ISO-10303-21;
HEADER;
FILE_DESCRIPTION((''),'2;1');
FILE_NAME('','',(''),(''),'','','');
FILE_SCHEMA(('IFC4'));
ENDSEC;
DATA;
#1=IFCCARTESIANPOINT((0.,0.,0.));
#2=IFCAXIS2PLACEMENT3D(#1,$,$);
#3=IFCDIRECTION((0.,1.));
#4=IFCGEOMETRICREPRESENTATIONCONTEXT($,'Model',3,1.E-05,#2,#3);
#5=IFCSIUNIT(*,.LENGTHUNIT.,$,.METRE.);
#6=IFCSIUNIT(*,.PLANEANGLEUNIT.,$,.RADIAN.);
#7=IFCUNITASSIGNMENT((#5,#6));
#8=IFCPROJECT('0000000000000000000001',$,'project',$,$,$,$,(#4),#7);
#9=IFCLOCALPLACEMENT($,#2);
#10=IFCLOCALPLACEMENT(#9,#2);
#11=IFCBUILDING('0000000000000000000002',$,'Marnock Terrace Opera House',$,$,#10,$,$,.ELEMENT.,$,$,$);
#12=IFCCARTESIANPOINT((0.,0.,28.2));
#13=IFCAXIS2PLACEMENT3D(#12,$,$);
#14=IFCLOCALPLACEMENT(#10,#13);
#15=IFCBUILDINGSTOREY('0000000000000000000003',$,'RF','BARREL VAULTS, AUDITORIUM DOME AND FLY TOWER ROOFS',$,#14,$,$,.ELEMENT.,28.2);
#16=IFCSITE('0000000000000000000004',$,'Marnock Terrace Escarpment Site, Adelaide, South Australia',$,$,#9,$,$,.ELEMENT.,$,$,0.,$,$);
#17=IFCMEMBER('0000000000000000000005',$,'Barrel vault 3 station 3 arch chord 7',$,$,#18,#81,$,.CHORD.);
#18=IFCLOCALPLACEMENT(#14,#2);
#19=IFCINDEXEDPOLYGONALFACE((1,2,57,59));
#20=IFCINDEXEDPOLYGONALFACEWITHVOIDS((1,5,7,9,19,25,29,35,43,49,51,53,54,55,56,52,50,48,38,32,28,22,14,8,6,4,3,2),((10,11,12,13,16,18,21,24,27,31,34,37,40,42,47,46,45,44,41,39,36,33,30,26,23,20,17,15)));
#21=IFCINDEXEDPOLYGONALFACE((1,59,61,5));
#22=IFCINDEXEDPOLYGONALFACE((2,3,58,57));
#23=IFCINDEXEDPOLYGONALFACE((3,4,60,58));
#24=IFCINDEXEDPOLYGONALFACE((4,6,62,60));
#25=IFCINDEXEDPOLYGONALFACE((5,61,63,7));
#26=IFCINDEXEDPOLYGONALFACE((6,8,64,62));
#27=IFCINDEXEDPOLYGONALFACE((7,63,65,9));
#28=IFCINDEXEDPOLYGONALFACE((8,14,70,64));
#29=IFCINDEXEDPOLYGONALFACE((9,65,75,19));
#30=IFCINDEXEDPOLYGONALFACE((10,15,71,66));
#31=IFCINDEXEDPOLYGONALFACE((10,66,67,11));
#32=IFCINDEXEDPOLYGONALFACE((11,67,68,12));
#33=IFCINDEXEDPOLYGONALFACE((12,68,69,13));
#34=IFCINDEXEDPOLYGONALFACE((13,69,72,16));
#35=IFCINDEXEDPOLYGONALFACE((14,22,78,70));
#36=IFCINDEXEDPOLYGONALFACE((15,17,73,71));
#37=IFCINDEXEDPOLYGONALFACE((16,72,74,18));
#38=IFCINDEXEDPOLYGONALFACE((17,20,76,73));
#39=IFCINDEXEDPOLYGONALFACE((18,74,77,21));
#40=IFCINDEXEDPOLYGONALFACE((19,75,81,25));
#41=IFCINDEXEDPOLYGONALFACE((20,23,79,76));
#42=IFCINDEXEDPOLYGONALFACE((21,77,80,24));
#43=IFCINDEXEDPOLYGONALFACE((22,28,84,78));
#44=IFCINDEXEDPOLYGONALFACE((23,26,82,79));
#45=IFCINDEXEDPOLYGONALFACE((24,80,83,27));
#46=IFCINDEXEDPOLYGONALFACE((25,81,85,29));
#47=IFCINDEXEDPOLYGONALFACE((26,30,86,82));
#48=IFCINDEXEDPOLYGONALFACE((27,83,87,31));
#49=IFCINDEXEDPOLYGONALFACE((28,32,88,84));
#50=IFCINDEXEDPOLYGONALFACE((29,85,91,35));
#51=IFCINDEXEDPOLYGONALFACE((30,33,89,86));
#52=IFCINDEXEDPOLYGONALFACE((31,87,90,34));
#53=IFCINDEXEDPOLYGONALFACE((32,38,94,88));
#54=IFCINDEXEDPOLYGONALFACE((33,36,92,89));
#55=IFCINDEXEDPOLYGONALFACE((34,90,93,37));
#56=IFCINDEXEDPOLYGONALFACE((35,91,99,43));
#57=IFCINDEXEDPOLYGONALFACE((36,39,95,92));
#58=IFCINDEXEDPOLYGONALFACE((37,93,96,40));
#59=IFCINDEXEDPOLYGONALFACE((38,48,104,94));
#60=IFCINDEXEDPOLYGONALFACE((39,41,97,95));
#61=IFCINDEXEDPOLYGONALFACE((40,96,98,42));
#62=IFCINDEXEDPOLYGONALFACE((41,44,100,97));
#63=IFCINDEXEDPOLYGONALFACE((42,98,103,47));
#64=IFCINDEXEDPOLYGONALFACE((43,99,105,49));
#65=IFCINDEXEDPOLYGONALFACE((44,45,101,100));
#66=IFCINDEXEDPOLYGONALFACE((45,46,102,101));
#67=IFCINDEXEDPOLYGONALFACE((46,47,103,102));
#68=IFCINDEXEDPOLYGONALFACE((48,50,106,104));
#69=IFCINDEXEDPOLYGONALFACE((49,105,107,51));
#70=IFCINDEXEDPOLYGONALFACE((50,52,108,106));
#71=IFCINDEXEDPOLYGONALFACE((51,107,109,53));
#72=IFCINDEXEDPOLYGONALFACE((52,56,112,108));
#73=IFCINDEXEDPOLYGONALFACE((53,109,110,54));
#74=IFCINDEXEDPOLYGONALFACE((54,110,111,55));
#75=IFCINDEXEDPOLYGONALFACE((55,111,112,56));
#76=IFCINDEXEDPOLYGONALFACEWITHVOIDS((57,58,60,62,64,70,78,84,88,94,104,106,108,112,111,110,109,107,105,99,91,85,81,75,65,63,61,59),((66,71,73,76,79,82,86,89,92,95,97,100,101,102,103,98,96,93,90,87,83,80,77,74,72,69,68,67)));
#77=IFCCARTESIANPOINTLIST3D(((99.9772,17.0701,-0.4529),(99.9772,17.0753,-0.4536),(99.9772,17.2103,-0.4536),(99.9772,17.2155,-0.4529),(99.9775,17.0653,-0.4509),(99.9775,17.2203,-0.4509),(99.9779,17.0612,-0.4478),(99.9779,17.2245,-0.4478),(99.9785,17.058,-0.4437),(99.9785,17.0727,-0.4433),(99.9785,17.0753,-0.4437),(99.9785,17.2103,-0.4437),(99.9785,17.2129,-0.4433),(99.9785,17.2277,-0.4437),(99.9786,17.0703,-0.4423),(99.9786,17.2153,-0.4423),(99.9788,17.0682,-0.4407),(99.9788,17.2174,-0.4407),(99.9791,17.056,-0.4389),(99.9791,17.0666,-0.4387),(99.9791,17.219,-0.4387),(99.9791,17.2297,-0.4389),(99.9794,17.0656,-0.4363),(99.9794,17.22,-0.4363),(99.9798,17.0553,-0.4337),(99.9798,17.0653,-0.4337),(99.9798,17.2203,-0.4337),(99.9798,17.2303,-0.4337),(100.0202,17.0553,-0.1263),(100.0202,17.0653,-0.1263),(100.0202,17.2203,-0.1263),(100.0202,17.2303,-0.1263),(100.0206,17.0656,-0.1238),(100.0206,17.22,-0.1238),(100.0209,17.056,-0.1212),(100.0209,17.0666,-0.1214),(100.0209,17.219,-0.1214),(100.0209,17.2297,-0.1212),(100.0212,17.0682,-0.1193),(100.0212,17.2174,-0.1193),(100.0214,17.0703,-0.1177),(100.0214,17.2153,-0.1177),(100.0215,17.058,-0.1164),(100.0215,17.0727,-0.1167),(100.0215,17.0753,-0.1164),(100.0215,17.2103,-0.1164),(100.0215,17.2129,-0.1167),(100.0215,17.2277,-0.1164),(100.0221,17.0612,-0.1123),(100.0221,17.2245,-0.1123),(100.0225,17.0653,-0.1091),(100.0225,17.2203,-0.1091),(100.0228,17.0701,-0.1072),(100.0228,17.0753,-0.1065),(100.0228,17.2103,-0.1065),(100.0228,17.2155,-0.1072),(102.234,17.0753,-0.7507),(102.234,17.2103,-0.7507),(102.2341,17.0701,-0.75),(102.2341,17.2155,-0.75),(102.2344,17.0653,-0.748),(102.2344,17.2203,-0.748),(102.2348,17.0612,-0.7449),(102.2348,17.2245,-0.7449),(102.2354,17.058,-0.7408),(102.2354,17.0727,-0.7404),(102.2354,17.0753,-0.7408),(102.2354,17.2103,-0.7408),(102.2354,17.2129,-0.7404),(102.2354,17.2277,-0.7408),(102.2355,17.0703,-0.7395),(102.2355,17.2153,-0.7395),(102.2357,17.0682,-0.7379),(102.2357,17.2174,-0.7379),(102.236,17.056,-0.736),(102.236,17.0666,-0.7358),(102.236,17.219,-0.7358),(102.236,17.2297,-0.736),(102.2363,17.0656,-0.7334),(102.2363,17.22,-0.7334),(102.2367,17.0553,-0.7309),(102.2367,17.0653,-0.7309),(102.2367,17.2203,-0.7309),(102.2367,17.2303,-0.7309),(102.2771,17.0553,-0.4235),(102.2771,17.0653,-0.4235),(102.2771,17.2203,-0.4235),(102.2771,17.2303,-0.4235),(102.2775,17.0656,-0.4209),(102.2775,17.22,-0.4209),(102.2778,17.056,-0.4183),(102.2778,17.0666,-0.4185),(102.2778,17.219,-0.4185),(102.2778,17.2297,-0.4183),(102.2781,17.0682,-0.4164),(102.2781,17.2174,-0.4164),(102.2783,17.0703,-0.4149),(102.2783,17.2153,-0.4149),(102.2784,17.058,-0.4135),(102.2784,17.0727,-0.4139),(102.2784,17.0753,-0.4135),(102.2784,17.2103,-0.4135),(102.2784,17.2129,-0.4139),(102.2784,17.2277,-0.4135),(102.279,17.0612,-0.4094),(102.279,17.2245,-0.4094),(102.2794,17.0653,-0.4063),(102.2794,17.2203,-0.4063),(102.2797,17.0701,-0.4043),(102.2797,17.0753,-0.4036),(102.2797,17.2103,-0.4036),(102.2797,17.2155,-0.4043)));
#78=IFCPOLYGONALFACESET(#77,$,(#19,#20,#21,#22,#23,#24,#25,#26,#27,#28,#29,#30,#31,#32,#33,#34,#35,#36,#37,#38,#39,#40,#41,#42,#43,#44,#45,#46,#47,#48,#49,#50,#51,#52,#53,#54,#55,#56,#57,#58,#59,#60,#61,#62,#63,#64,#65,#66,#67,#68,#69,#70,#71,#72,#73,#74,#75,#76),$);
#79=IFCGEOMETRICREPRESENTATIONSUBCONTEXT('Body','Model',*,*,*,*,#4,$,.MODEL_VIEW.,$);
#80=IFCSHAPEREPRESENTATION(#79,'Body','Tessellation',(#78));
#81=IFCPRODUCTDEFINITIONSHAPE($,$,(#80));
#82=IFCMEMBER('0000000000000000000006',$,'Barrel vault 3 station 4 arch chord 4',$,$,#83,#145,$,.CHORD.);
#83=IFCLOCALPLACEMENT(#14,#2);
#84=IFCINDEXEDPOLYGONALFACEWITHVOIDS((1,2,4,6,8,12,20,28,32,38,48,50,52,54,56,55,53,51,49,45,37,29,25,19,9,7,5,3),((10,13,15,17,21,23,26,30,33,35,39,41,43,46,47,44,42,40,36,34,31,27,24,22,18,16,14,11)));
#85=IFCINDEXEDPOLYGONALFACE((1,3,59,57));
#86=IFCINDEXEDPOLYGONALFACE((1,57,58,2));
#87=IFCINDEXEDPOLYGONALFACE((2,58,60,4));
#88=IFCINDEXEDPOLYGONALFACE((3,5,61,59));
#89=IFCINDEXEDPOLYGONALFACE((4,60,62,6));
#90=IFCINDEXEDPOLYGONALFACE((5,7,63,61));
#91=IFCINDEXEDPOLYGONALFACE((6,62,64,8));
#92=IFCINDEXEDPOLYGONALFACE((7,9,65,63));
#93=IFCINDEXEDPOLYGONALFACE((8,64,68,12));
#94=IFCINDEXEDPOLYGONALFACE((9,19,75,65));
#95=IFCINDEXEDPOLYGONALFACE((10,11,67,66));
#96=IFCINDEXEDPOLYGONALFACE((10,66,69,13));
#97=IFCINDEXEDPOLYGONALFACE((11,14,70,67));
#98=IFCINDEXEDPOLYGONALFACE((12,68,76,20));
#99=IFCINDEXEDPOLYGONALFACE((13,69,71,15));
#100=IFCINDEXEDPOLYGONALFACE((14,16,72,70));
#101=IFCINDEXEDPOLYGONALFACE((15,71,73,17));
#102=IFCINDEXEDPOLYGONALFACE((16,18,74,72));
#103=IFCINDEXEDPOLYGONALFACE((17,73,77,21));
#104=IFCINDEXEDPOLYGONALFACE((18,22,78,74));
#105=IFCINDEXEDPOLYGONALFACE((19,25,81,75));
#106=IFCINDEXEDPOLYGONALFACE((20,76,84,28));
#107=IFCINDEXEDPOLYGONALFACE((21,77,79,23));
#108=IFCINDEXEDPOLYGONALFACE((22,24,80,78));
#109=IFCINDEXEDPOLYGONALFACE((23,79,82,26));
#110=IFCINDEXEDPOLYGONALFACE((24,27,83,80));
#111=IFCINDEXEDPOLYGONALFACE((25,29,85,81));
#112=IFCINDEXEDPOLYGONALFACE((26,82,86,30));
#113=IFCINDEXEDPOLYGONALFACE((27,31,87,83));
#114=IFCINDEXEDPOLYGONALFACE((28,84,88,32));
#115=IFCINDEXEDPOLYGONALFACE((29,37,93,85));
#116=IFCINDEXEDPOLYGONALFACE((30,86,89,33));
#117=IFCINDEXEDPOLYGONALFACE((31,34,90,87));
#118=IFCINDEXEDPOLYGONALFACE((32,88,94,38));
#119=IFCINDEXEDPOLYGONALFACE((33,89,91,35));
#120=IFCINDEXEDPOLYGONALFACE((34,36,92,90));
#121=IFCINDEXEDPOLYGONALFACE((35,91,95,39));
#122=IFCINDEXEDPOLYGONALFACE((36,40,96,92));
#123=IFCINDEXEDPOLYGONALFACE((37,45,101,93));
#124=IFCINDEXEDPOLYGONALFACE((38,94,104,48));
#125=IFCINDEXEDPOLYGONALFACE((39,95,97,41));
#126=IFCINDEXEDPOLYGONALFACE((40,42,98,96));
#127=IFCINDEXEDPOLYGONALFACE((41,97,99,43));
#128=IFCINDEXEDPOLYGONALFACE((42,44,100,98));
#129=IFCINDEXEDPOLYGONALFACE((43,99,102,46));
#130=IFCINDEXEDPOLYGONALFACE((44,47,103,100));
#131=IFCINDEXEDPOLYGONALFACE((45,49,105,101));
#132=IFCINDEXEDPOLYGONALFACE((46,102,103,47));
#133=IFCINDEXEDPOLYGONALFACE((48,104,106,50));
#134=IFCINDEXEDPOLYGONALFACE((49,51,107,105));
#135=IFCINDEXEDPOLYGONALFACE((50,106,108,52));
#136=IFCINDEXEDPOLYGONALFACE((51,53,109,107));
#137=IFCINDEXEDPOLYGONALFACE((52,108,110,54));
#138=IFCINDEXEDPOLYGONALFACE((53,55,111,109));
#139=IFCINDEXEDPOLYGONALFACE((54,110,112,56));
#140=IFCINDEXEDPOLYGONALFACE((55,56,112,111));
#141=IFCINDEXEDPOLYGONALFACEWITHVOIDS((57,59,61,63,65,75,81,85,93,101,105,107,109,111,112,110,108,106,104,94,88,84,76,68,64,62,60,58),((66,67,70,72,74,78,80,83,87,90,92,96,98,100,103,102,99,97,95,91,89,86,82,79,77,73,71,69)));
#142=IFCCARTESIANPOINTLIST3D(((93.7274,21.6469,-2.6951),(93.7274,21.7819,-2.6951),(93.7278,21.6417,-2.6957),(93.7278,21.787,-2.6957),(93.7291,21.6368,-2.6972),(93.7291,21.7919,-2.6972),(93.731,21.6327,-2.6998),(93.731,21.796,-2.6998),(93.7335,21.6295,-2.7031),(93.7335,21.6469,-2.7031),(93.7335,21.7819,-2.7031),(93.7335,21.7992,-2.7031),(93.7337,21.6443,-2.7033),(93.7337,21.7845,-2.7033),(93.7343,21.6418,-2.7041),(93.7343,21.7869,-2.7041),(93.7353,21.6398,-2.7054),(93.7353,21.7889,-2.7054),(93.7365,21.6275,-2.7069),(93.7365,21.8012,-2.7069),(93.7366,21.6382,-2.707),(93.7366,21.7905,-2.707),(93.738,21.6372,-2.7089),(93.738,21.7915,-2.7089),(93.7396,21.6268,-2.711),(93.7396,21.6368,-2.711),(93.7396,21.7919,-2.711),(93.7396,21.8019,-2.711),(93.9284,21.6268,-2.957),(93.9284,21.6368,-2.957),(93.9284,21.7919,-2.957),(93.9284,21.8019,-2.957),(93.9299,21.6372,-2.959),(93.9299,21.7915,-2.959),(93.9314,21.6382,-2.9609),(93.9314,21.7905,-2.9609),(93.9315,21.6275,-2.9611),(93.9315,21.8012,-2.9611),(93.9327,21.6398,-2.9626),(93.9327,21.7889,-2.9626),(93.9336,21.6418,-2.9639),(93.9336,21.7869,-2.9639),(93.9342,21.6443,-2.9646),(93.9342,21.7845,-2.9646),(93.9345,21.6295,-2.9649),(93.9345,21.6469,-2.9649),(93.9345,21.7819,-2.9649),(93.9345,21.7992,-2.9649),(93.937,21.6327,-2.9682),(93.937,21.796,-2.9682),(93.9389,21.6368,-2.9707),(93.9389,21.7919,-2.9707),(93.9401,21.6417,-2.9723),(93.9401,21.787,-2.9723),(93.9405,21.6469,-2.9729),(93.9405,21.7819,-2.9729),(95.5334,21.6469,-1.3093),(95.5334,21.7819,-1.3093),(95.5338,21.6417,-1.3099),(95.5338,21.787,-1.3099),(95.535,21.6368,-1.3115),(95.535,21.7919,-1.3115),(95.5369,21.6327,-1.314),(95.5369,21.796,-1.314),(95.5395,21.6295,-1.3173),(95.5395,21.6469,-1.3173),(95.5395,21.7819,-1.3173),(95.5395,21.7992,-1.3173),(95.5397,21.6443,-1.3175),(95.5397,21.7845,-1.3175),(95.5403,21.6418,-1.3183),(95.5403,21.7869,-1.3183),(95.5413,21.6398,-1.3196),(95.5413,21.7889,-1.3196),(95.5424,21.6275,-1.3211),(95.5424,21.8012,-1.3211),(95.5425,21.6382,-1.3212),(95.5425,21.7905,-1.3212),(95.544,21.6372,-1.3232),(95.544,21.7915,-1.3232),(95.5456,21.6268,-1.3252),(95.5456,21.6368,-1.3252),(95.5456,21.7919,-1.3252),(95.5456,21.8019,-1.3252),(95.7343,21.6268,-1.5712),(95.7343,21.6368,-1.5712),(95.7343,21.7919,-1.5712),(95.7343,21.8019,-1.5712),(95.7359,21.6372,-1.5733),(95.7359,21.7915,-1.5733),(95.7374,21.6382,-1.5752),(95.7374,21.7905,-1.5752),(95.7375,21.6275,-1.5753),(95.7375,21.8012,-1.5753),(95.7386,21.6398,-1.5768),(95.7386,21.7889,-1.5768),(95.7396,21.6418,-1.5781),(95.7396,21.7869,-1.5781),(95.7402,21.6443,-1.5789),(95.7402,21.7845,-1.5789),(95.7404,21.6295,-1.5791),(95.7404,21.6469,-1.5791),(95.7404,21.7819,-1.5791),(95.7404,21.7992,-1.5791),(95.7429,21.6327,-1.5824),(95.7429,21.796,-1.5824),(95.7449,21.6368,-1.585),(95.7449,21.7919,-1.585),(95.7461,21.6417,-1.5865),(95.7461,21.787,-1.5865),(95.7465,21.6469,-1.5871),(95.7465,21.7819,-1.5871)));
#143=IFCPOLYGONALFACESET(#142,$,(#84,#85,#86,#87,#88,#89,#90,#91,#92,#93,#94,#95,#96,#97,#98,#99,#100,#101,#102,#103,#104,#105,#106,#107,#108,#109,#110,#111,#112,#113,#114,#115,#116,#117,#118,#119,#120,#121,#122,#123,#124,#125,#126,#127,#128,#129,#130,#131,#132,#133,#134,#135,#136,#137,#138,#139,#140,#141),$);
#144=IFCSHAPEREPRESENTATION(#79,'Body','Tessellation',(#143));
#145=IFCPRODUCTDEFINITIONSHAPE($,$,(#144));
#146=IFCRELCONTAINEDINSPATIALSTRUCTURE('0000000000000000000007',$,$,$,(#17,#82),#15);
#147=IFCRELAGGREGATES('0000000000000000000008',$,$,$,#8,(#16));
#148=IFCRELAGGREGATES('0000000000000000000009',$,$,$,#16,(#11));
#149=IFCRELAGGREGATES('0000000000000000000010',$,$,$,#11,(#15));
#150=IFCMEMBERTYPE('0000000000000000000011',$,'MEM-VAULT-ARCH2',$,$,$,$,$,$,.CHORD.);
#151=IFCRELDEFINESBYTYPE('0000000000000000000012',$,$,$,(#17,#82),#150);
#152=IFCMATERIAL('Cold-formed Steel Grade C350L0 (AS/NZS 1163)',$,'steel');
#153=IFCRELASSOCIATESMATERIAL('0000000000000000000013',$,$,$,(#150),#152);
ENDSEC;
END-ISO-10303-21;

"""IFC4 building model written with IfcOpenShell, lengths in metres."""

from ifc_helpers import new_model, si_unit, direction, frame, origin, origin_2d, place, context, subcontext, project, spatial, hollow_rectangle, extrude, material, material_profile, profile_set, type_object, element, save


model = new_model("IFC4")

# Units and contexts
model_context = context("Model", 3, precision=1e-05, world=origin(), true_north=direction((0.0, 1.0)))
body_context = subcontext(model_context, "Body", "Model", "MODEL_VIEW")
ifc_project = project(units=[si_unit("LENGTHUNIT", "METRE"), si_unit("PLANEANGLEUNIT", "RADIAN")], contexts=[model_context])

# Site, building, storey
site_placement = place(None, origin())
site = spatial("IfcSite", under=ifc_project, at=site_placement, Name="Marnock Terrace Escarpment Site, Adelaide, South Australia", CompositionType="ELEMENT", RefElevation=0.0)
building_placement = place(site_placement, origin())
building = spatial("IfcBuilding", under=site, at=building_placement, Name="Marnock Terrace Opera House", CompositionType="ELEMENT")
storey_placement = place(building_placement, frame((0.0, 0.0, 28.2)))
storey = spatial("IfcBuildingStorey", under=building, at=storey_placement, Name="RF", Description="BARREL VAULTS, AUDITORIUM DOME AND FLY TOWER ROOFS", CompositionType="ELEMENT", Elevation=28.2)

# Members
ifc_material_1 = material(Name="Cold-formed Steel Grade C350L0 (AS/NZS 1163)", Category="steel")
ifc_material_profile_1 = material_profile(ifc_material_1, hollow_rectangle(XDim=0.175, YDim=0.3501, WallThickness=0.01, InnerFilletRadius=0.01, OuterFilletRadius=0.02, at=origin_2d()))
ifc_profile_set_1 = profile_set([ifc_material_profile_1], Name="Cold-formed Steel Grade C350L0 (AS/NZS 1163)")
member_type_1 = type_object("IfcMemberType", Name="MEM-VAULT-ARCH2", PredefinedType="CHORD", material=ifc_profile_set_1)
for number, where, z_axis, x_axis, name in (
    (1, (100.0, 17.1428, -0.28), (0.991445, 0.0, -0.130527), (0.0, 1.0, 0.0), "Barrel vault 3 station 3 arch chord 7"),
    (2, (93.834, 21.7144, -2.834), (0.793349, 0.0, 0.608767), (0.0, 1.0, 0.0), "Barrel vault 3 station 4 arch chord 4"),
):
    element("IfcMember", number, at=place(storey_placement, frame(where, z_axis=z_axis, x_axis=x_axis)), inside=storey, type_object=member_type_1, Name=name, PredefinedType="CHORD", context=body_context, shape_type="SweptSolid", body=[
        extrude(hollow_rectangle(XDim=0.175, YDim=0.3501, WallThickness=0.01, InnerFilletRadius=0.01, OuterFilletRadius=0.02, at=origin_2d()), origin(), (0.0, 0.0, 1.0), 2.2764),
    ])

save(model, "model.ifc")
